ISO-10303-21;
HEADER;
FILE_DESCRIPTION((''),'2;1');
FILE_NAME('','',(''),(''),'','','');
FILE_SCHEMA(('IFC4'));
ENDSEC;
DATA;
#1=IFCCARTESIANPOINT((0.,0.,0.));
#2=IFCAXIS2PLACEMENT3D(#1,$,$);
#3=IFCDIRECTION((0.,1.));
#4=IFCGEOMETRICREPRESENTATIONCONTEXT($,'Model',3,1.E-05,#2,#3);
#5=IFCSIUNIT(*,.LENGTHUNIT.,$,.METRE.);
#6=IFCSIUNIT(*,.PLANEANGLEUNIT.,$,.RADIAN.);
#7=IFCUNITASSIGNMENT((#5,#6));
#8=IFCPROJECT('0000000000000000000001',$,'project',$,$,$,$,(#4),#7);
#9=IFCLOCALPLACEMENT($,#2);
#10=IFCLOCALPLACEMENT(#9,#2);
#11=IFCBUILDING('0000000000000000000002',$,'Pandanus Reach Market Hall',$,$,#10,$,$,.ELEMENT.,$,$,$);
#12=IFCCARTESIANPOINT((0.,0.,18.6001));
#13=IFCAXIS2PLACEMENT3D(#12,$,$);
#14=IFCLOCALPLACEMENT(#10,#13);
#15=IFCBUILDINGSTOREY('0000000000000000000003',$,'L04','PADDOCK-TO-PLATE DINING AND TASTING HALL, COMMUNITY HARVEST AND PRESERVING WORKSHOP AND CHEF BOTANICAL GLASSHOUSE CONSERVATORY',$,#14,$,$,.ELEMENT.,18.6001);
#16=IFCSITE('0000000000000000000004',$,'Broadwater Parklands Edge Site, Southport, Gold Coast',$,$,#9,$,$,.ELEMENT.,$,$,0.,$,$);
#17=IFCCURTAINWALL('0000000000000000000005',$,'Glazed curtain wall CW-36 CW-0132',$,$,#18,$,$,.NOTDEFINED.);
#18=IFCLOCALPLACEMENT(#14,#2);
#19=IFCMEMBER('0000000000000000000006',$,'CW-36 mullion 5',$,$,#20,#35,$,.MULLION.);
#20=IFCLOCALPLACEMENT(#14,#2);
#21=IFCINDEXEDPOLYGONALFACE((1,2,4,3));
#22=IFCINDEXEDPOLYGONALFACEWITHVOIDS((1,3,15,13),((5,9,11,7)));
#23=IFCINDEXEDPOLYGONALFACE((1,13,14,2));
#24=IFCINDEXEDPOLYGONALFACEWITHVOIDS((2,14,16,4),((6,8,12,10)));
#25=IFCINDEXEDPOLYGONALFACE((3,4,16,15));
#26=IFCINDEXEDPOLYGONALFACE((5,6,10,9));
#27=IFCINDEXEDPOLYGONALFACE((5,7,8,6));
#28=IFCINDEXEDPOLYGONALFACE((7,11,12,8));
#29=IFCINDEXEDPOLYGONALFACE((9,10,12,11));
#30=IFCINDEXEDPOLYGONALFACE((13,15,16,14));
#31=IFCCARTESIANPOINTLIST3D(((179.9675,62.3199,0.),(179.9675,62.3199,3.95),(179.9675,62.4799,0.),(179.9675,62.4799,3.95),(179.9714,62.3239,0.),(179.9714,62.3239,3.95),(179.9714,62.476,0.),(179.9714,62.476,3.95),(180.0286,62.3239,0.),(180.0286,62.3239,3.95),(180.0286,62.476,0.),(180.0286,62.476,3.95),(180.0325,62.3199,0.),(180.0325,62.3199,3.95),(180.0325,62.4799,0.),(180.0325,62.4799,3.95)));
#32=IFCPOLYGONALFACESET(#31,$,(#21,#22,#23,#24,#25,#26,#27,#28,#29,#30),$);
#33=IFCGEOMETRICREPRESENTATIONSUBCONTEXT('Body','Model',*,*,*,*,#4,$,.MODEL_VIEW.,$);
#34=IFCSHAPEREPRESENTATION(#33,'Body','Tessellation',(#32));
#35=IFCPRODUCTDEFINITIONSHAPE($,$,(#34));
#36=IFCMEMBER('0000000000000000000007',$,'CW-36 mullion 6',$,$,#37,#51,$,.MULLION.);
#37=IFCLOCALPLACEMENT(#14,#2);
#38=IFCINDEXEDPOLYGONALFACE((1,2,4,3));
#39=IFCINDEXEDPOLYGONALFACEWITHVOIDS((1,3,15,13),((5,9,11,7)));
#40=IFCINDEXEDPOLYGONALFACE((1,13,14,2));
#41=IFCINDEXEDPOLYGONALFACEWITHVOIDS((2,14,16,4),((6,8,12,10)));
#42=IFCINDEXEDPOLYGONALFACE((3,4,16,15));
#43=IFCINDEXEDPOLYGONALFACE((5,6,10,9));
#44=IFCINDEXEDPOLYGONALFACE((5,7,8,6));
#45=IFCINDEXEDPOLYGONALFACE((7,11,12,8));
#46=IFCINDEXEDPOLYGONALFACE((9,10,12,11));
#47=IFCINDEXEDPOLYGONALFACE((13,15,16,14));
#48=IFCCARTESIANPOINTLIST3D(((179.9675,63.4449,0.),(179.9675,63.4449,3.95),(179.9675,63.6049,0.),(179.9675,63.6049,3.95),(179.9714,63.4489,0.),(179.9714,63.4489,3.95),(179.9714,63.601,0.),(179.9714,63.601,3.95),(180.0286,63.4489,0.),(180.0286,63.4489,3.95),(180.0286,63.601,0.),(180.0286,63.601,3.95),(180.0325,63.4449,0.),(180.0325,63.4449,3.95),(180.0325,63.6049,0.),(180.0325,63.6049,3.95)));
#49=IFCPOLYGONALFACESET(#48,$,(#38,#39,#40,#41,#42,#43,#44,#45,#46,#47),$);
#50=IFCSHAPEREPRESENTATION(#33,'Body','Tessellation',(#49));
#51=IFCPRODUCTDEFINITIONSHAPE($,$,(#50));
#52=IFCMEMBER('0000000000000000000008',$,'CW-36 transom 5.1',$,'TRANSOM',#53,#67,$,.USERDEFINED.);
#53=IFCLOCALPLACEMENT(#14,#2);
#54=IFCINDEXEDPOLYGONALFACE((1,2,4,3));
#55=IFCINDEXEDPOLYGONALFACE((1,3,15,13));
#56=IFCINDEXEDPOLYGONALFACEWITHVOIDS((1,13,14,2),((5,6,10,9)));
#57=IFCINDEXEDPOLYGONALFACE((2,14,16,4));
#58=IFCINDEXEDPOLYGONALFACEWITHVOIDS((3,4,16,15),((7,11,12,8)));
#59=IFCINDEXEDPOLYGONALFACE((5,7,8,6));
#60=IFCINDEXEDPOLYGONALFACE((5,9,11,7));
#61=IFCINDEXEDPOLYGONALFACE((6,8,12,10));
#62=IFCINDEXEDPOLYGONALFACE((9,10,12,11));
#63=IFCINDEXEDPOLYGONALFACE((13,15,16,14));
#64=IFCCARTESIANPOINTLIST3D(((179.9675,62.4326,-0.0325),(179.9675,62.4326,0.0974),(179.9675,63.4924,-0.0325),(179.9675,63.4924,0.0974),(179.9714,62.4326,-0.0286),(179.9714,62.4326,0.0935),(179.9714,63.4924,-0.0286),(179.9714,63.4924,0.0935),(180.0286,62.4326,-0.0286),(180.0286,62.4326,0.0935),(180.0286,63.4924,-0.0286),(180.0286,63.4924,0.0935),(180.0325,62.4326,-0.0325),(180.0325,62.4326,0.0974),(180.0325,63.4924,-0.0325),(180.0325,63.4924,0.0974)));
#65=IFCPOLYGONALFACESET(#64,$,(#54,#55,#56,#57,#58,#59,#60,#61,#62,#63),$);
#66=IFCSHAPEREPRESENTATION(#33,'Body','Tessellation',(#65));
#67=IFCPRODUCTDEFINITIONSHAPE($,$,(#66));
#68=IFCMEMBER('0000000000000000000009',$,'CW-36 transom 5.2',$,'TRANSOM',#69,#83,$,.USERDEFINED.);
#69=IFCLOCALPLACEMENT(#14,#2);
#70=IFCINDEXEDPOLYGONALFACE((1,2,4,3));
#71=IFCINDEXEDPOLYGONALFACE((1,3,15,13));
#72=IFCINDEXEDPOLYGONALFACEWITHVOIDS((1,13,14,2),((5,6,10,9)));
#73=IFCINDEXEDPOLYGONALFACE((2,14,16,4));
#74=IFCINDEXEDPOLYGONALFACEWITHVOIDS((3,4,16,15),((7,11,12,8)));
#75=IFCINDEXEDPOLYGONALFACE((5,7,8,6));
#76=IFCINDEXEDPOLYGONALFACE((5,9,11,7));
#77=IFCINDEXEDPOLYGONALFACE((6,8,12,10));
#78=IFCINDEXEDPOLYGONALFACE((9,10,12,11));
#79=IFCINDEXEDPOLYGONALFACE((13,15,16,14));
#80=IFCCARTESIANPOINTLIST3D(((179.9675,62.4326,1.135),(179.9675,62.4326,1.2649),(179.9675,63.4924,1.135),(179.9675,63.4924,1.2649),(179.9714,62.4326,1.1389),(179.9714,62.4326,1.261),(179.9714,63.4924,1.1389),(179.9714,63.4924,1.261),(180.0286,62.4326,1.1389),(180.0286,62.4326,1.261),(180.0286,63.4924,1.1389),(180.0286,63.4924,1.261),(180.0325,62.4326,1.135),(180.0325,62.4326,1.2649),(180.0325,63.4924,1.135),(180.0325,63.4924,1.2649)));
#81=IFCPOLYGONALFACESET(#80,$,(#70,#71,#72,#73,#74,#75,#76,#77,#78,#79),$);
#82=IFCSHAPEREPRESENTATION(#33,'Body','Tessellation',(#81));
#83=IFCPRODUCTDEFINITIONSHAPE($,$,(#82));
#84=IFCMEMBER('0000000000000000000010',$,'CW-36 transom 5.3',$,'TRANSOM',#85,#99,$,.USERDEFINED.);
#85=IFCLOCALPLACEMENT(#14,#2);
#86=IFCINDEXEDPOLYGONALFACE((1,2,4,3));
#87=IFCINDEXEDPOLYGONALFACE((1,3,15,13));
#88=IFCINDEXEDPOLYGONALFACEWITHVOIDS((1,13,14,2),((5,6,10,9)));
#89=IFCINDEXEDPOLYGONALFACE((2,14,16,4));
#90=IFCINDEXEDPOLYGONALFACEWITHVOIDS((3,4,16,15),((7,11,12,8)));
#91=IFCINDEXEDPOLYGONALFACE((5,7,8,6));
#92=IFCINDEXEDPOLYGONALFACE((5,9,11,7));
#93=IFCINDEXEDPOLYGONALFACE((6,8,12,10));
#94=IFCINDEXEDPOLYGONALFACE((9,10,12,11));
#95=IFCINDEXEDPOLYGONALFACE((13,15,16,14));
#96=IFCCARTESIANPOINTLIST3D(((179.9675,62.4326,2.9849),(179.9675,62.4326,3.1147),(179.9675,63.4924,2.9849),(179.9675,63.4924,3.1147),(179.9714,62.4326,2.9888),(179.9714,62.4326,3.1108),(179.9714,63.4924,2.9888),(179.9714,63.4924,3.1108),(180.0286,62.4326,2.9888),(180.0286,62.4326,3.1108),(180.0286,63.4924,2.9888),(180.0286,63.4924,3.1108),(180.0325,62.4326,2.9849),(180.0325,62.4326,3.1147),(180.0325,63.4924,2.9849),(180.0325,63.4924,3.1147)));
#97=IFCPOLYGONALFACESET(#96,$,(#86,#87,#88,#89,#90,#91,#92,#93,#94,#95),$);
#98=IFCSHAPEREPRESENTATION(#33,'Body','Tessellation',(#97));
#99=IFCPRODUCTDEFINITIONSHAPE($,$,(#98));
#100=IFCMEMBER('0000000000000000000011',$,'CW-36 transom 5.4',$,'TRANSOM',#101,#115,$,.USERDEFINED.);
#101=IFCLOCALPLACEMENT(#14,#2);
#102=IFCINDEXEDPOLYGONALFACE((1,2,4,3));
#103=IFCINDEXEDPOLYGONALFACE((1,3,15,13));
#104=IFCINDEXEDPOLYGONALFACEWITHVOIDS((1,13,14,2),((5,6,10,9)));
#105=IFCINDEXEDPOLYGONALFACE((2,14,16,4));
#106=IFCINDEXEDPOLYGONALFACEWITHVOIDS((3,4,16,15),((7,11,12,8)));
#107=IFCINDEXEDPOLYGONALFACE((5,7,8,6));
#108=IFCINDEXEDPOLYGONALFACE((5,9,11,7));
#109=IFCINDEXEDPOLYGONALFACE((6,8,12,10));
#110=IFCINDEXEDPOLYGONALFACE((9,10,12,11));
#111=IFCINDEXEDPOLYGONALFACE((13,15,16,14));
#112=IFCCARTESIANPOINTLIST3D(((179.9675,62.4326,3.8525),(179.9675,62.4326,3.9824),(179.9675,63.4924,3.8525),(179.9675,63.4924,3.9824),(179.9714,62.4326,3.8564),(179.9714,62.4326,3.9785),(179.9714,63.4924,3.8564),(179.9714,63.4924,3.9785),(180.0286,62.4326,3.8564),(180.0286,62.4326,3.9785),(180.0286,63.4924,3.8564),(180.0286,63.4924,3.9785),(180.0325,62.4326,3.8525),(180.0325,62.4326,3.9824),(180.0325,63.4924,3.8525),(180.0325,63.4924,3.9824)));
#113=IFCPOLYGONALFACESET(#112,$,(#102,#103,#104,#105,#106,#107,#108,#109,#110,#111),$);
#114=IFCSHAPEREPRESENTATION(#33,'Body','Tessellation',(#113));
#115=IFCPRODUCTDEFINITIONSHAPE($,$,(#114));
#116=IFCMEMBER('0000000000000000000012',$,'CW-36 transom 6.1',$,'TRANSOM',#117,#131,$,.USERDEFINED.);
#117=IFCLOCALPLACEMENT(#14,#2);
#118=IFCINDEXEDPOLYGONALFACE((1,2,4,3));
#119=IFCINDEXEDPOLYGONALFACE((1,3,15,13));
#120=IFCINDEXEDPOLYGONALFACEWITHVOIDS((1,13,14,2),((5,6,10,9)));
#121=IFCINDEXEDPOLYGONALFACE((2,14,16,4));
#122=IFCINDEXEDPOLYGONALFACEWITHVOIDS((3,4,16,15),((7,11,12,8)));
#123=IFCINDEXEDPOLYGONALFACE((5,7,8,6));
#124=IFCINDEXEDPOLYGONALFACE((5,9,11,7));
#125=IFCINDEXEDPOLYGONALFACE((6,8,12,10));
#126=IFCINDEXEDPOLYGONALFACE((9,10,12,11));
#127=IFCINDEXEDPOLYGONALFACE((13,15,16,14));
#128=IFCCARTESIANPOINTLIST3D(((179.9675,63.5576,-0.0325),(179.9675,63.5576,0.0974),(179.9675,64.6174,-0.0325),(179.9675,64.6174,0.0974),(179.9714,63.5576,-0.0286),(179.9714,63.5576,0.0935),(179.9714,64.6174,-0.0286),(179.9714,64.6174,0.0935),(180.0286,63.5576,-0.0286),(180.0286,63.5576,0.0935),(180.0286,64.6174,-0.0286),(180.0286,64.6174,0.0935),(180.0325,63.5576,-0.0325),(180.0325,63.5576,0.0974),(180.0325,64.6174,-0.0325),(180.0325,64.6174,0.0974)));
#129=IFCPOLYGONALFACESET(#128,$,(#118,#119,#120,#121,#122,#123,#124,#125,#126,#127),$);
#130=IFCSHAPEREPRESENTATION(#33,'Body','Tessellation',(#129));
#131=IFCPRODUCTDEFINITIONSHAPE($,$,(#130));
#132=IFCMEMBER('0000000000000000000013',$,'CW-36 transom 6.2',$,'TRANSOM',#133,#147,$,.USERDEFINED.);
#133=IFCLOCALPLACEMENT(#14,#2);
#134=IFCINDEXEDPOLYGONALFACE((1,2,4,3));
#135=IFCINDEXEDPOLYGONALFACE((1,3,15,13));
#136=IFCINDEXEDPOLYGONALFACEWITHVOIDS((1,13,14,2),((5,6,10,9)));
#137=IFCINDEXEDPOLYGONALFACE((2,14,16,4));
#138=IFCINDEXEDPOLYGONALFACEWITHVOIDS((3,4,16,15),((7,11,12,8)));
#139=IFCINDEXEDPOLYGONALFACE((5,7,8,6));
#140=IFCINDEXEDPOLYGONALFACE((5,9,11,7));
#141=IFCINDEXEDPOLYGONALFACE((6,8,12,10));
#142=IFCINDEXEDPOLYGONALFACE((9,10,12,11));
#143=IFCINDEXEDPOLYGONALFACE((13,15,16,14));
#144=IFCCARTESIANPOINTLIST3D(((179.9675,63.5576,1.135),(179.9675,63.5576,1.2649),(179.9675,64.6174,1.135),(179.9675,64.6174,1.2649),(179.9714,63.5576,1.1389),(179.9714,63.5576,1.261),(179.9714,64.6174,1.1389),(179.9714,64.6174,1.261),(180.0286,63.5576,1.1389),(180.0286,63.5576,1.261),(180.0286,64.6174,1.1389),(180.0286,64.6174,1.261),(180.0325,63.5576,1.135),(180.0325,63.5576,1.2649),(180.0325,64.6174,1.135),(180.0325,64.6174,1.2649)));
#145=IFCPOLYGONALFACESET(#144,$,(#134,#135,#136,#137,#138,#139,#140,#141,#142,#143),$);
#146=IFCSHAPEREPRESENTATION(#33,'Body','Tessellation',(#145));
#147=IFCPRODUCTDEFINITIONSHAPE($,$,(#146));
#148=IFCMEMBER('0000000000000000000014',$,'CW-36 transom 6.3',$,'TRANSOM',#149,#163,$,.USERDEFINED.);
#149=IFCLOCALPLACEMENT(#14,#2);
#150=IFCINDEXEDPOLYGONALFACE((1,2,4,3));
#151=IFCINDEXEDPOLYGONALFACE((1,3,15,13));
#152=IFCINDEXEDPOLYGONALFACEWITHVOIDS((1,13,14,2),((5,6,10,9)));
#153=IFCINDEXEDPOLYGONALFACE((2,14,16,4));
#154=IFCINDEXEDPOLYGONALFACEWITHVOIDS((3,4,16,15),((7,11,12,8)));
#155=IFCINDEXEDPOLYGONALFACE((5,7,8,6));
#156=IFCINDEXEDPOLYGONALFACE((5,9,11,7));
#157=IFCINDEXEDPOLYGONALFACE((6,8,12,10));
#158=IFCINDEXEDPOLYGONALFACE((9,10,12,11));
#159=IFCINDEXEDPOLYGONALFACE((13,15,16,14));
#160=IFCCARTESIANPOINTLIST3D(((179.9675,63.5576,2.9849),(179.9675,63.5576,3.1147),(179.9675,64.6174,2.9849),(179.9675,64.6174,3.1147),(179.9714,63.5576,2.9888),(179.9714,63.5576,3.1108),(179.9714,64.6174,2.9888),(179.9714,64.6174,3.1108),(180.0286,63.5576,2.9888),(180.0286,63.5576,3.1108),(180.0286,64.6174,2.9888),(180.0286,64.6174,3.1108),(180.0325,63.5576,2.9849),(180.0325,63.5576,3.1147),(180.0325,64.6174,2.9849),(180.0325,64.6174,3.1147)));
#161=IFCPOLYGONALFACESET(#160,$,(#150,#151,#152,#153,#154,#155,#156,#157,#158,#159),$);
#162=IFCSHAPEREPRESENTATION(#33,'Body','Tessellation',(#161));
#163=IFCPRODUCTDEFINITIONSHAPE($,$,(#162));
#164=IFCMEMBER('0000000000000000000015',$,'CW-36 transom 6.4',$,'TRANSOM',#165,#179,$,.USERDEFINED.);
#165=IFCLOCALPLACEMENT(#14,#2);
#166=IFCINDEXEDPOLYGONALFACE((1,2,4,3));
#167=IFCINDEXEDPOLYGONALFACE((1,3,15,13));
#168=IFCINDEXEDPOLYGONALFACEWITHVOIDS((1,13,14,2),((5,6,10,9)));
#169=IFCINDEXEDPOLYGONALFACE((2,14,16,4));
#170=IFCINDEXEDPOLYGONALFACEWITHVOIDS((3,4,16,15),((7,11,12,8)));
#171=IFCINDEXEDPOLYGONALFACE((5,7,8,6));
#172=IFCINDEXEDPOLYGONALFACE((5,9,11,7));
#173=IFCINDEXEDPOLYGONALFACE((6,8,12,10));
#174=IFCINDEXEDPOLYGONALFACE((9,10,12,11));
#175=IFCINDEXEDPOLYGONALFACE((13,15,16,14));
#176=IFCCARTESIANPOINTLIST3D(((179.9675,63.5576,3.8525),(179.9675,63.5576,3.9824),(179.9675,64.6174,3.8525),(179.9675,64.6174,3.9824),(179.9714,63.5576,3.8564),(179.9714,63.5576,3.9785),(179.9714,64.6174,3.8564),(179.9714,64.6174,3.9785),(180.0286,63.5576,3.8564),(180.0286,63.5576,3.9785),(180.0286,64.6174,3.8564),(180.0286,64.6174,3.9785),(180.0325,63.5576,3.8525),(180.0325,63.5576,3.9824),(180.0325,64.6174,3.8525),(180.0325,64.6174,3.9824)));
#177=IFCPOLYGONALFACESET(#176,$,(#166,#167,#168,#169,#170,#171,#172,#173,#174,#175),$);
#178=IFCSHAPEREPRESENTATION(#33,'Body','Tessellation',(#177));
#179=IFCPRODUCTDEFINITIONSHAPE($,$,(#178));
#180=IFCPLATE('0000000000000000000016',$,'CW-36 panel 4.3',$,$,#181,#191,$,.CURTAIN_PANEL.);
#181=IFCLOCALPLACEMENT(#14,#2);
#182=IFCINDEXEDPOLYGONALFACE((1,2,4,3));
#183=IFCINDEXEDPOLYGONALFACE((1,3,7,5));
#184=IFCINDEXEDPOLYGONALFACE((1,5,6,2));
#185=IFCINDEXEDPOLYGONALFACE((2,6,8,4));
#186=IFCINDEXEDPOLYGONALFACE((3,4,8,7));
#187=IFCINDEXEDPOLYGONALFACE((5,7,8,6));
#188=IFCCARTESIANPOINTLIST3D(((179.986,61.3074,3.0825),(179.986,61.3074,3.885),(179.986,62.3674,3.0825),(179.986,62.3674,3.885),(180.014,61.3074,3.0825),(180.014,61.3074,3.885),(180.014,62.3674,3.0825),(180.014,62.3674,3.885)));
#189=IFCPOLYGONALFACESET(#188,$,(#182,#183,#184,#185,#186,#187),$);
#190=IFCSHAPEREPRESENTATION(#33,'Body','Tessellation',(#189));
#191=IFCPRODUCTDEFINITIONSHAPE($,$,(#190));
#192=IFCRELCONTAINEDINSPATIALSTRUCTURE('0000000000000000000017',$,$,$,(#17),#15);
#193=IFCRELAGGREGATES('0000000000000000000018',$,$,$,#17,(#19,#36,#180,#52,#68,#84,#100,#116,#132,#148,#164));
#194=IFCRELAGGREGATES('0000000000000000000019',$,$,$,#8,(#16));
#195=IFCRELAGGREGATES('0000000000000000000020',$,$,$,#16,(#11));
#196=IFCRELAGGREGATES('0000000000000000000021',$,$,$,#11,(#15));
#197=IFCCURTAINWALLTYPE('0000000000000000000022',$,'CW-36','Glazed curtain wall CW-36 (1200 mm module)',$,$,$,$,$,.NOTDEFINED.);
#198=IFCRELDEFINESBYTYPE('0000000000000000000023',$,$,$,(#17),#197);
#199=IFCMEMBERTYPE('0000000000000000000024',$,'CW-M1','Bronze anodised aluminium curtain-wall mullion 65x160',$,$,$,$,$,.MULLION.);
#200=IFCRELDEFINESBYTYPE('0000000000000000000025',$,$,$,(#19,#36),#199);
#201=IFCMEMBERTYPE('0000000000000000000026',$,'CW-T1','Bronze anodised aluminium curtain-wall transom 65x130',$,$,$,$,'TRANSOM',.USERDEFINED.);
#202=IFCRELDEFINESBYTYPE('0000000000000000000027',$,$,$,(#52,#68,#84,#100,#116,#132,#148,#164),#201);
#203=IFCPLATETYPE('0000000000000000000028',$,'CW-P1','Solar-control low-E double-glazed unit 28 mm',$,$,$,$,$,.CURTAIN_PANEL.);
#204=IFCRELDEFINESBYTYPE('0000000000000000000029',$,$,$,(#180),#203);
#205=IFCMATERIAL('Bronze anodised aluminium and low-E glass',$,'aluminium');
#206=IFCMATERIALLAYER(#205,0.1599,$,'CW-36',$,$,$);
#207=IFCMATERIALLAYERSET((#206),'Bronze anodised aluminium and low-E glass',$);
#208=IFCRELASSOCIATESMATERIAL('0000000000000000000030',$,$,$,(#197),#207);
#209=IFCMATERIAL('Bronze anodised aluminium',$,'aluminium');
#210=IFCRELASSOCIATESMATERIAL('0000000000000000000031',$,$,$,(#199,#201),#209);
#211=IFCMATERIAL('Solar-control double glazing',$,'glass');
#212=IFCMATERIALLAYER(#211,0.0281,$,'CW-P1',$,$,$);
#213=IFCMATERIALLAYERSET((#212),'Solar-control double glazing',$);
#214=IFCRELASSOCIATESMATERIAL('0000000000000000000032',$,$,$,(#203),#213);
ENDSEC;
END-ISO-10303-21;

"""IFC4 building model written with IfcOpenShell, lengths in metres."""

from ifc_helpers import new_model, si_unit, direction, frame, origin, origin_2d, place, context, subcontext, project, spatial, rectangle, hollow_rectangle, extrude, material, layer, layer_set, material_profile, profile_set, type_object, element, aggregate, save


model = new_model("IFC4")

# Units and contexts
model_context = context("Model", 3, precision=1e-05, world=origin(), true_north=direction((0.0, 1.0)))
body_context = subcontext(model_context, "Body", "Model", "MODEL_VIEW")
ifc_project = project(units=[si_unit("LENGTHUNIT", "METRE"), si_unit("PLANEANGLEUNIT", "RADIAN")], contexts=[model_context])

# Site, building, storey
site_placement = place(None, origin())
site = spatial("IfcSite", under=ifc_project, at=site_placement, Name="Broadwater Parklands Edge Site, Southport, Gold Coast", CompositionType="ELEMENT", RefElevation=0.0)
building_placement = place(site_placement, origin())
building = spatial("IfcBuilding", under=site, at=building_placement, Name="Pandanus Reach Market Hall", CompositionType="ELEMENT")
storey_placement = place(building_placement, frame((0.0, 0.0, 18.6001)))
storey = spatial("IfcBuildingStorey", under=building, at=storey_placement, Name="L04", Description="PADDOCK-TO-PLATE DINING AND TASTING HALL, COMMUNITY HARVEST AND PRESERVING WORKSHOP AND CHEF BOTANICAL GLASSHOUSE CONSERVATORY", CompositionType="ELEMENT", Elevation=18.6001)

# Curtain wall, members, plate
ifc_material_1 = material(Name="Bronze anodised aluminium and low-E glass", Category="aluminium")
ifc_layer_1 = layer(ifc_material_1, 0.1599, Name="CW-36")
ifc_layer_set_1 = layer_set([ifc_layer_1], Name="Bronze anodised aluminium and low-E glass")
curtain_wall_type = type_object("IfcCurtainWallType", Name="CW-36", Description="Glazed curtain wall CW-36 (1200 mm module)", PredefinedType="NOTDEFINED", material=ifc_layer_set_1)
curtain_wall_placement = place(storey_placement, origin())
curtain_wall = element("IfcCurtainWall", 1, at=curtain_wall_placement, inside=storey, type_object=curtain_wall_type, Name="Glazed curtain wall CW-36 CW-0132", PredefinedType="NOTDEFINED")
ifc_material_2 = material(Name="Bronze anodised aluminium", Category="aluminium")
ifc_material_profile_1 = material_profile(ifc_material_2, hollow_rectangle(XDim=0.0649, YDim=0.1599, WallThickness=0.0039, at=origin_2d()), Name="ALU65x160", Category="LoadBearing")
ifc_profile_set_1 = profile_set([ifc_material_profile_1], Name="Bronze anodised aluminium")
member_type_1 = type_object("IfcMemberType", Name="CW-M1", Description="Bronze anodised aluminium curtain-wall mullion 65x160", PredefinedType="MULLION", material=ifc_profile_set_1)
member_1_placement = place(storey_placement, frame((180.0, 62.3999, 0.0), z_axis=(0.0, 0.0, 1.0), x_axis=(-1.0, 0.0, 0.0)))
member_1 = element("IfcMember", 2, at=member_1_placement, type_object=member_type_1, Name="CW-36 mullion 5", PredefinedType="MULLION", context=body_context, shape_type="SweptSolid", body=[
    extrude(hollow_rectangle(XDim=0.0649, YDim=0.1599, WallThickness=0.0039, at=origin_2d()), origin(), (0.0, 0.0, 1.0), 3.95),
])
member_2_placement = place(storey_placement, frame((180.0, 63.5249, 0.0), z_axis=(0.0, 0.0, 1.0), x_axis=(-1.0, 0.0, 0.0)))
member_2 = element("IfcMember", 3, at=member_2_placement, type_object=member_type_1, Name="CW-36 mullion 6", PredefinedType="MULLION", context=body_context, shape_type="SweptSolid", body=[
    extrude(hollow_rectangle(XDim=0.0649, YDim=0.1599, WallThickness=0.0039, at=origin_2d()), origin(), (0.0, 0.0, 1.0), 3.95),
])
ifc_material_profile_2 = material_profile(ifc_material_2, hollow_rectangle(XDim=0.0649, YDim=0.1299, WallThickness=0.0039, at=origin_2d()), Name="ALU65x130", Category="LoadBearing")
ifc_profile_set_2 = profile_set([ifc_material_profile_2], Name="Bronze anodised aluminium")
member_type_2 = type_object("IfcMemberType", Name="CW-T1", Description="Bronze anodised aluminium curtain-wall transom 65x130", ElementType="TRANSOM", PredefinedType="USERDEFINED", material=ifc_profile_set_2)
member_3_placement = place(storey_placement, frame((180.0, 62.4326, 0.0325), z_axis=(0.0, 1.0, 0.0), x_axis=(-1.0, 0.0, 0.0)))
member_3 = element("IfcMember", 4, at=member_3_placement, type_object=member_type_2, Name="CW-36 transom 5.1", ObjectType="TRANSOM", PredefinedType="USERDEFINED", context=body_context, shape_type="SweptSolid", body=[
    extrude(hollow_rectangle(XDim=0.0649, YDim=0.1299, WallThickness=0.0039, at=origin_2d()), origin(), (0.0, 0.0, 1.0), 1.0598),
])
member_4_placement = place(storey_placement, frame((180.0, 62.4326, 1.2), z_axis=(0.0, 1.0, 0.0), x_axis=(-1.0, 0.0, 0.0)))
member_4 = element("IfcMember", 5, at=member_4_placement, type_object=member_type_2, Name="CW-36 transom 5.2", ObjectType="TRANSOM", PredefinedType="USERDEFINED", context=body_context, shape_type="SweptSolid", body=[
    extrude(hollow_rectangle(XDim=0.0649, YDim=0.1299, WallThickness=0.0039, at=origin_2d()), origin(), (0.0, 0.0, 1.0), 1.0598),
])
member_5_placement = place(storey_placement, frame((180.0, 62.4326, 3.0498), z_axis=(0.0, 1.0, 0.0), x_axis=(-1.0, 0.0, 0.0)))
member_5 = element("IfcMember", 6, at=member_5_placement, type_object=member_type_2, Name="CW-36 transom 5.3", ObjectType="TRANSOM", PredefinedType="USERDEFINED", context=body_context, shape_type="SweptSolid", body=[
    extrude(hollow_rectangle(XDim=0.0649, YDim=0.1299, WallThickness=0.0039, at=origin_2d()), origin(), (0.0, 0.0, 1.0), 1.0598),
])
member_6_placement = place(storey_placement, frame((180.0, 62.4326, 3.9175), z_axis=(0.0, 1.0, 0.0), x_axis=(-1.0, 0.0, 0.0)))
member_6 = element("IfcMember", 7, at=member_6_placement, type_object=member_type_2, Name="CW-36 transom 5.4", ObjectType="TRANSOM", PredefinedType="USERDEFINED", context=body_context, shape_type="SweptSolid", body=[
    extrude(hollow_rectangle(XDim=0.0649, YDim=0.1299, WallThickness=0.0039, at=origin_2d()), origin(), (0.0, 0.0, 1.0), 1.0598),
])
member_7_placement = place(storey_placement, frame((180.0, 63.5576, 0.0325), z_axis=(0.0, 1.0, 0.0), x_axis=(-1.0, 0.0, 0.0)))
member_7 = element("IfcMember", 8, at=member_7_placement, type_object=member_type_2, Name="CW-36 transom 6.1", ObjectType="TRANSOM", PredefinedType="USERDEFINED", context=body_context, shape_type="SweptSolid", body=[
    extrude(hollow_rectangle(XDim=0.0649, YDim=0.1299, WallThickness=0.0039, at=origin_2d()), origin(), (0.0, 0.0, 1.0), 1.0598),
])
member_8_placement = place(storey_placement, frame((180.0, 63.5576, 1.2), z_axis=(0.0, 1.0, 0.0), x_axis=(-1.0, 0.0, 0.0)))
member_8 = element("IfcMember", 9, at=member_8_placement, type_object=member_type_2, Name="CW-36 transom 6.2", ObjectType="TRANSOM", PredefinedType="USERDEFINED", context=body_context, shape_type="SweptSolid", body=[
    extrude(hollow_rectangle(XDim=0.0649, YDim=0.1299, WallThickness=0.0039, at=origin_2d()), origin(), (0.0, 0.0, 1.0), 1.0598),
])
member_9_placement = place(storey_placement, frame((180.0, 63.5576, 3.0498), z_axis=(0.0, 1.0, 0.0), x_axis=(-1.0, 0.0, 0.0)))
member_9 = element("IfcMember", 10, at=member_9_placement, type_object=member_type_2, Name="CW-36 transom 6.3", ObjectType="TRANSOM", PredefinedType="USERDEFINED", context=body_context, shape_type="SweptSolid", body=[
    extrude(hollow_rectangle(XDim=0.0649, YDim=0.1299, WallThickness=0.0039, at=origin_2d()), origin(), (0.0, 0.0, 1.0), 1.0598),
])
member_10_placement = place(storey_placement, frame((180.0, 63.5576, 3.9175), z_axis=(0.0, 1.0, 0.0), x_axis=(-1.0, 0.0, 0.0)))
member_10 = element("IfcMember", 11, at=member_10_placement, type_object=member_type_2, Name="CW-36 transom 6.4", ObjectType="TRANSOM", PredefinedType="USERDEFINED", context=body_context, shape_type="SweptSolid", body=[
    extrude(hollow_rectangle(XDim=0.0649, YDim=0.1299, WallThickness=0.0039, at=origin_2d()), origin(), (0.0, 0.0, 1.0), 1.0598),
])
ifc_material_3 = material(Name="Solar-control double glazing", Category="glass")
ifc_layer_2 = layer(ifc_material_3, 0.0281, Name="CW-P1")
ifc_layer_set_2 = layer_set([ifc_layer_2], Name="Solar-control double glazing")
plate_type = type_object("IfcPlateType", Name="CW-P1", Description="Solar-control low-E double-glazed unit 28 mm", PredefinedType="CURTAIN_PANEL", material=ifc_layer_set_2)
plate_1_placement = place(storey_placement, frame((180.0, 61.8374, 3.0825), z_axis=(0.0, 0.0, 1.0), x_axis=(0.0, 1.0, 0.0)))
plate_1 = element("IfcPlate", 12, at=plate_1_placement, type_object=plate_type, Name="CW-36 panel 4.3", PredefinedType="CURTAIN_PANEL", context=body_context, shape_type="SweptSolid", body=[
    extrude(rectangle(XDim=1.0601, YDim=0.0281, at=origin_2d()), origin(), (0.0, 0.0, 1.0), 0.8025),
])
aggregate(curtain_wall, [member_1, member_2, plate_1, member_3, member_4, member_5, member_6, member_7, member_8, member_9, member_10])

save(model, "model.ifc")
